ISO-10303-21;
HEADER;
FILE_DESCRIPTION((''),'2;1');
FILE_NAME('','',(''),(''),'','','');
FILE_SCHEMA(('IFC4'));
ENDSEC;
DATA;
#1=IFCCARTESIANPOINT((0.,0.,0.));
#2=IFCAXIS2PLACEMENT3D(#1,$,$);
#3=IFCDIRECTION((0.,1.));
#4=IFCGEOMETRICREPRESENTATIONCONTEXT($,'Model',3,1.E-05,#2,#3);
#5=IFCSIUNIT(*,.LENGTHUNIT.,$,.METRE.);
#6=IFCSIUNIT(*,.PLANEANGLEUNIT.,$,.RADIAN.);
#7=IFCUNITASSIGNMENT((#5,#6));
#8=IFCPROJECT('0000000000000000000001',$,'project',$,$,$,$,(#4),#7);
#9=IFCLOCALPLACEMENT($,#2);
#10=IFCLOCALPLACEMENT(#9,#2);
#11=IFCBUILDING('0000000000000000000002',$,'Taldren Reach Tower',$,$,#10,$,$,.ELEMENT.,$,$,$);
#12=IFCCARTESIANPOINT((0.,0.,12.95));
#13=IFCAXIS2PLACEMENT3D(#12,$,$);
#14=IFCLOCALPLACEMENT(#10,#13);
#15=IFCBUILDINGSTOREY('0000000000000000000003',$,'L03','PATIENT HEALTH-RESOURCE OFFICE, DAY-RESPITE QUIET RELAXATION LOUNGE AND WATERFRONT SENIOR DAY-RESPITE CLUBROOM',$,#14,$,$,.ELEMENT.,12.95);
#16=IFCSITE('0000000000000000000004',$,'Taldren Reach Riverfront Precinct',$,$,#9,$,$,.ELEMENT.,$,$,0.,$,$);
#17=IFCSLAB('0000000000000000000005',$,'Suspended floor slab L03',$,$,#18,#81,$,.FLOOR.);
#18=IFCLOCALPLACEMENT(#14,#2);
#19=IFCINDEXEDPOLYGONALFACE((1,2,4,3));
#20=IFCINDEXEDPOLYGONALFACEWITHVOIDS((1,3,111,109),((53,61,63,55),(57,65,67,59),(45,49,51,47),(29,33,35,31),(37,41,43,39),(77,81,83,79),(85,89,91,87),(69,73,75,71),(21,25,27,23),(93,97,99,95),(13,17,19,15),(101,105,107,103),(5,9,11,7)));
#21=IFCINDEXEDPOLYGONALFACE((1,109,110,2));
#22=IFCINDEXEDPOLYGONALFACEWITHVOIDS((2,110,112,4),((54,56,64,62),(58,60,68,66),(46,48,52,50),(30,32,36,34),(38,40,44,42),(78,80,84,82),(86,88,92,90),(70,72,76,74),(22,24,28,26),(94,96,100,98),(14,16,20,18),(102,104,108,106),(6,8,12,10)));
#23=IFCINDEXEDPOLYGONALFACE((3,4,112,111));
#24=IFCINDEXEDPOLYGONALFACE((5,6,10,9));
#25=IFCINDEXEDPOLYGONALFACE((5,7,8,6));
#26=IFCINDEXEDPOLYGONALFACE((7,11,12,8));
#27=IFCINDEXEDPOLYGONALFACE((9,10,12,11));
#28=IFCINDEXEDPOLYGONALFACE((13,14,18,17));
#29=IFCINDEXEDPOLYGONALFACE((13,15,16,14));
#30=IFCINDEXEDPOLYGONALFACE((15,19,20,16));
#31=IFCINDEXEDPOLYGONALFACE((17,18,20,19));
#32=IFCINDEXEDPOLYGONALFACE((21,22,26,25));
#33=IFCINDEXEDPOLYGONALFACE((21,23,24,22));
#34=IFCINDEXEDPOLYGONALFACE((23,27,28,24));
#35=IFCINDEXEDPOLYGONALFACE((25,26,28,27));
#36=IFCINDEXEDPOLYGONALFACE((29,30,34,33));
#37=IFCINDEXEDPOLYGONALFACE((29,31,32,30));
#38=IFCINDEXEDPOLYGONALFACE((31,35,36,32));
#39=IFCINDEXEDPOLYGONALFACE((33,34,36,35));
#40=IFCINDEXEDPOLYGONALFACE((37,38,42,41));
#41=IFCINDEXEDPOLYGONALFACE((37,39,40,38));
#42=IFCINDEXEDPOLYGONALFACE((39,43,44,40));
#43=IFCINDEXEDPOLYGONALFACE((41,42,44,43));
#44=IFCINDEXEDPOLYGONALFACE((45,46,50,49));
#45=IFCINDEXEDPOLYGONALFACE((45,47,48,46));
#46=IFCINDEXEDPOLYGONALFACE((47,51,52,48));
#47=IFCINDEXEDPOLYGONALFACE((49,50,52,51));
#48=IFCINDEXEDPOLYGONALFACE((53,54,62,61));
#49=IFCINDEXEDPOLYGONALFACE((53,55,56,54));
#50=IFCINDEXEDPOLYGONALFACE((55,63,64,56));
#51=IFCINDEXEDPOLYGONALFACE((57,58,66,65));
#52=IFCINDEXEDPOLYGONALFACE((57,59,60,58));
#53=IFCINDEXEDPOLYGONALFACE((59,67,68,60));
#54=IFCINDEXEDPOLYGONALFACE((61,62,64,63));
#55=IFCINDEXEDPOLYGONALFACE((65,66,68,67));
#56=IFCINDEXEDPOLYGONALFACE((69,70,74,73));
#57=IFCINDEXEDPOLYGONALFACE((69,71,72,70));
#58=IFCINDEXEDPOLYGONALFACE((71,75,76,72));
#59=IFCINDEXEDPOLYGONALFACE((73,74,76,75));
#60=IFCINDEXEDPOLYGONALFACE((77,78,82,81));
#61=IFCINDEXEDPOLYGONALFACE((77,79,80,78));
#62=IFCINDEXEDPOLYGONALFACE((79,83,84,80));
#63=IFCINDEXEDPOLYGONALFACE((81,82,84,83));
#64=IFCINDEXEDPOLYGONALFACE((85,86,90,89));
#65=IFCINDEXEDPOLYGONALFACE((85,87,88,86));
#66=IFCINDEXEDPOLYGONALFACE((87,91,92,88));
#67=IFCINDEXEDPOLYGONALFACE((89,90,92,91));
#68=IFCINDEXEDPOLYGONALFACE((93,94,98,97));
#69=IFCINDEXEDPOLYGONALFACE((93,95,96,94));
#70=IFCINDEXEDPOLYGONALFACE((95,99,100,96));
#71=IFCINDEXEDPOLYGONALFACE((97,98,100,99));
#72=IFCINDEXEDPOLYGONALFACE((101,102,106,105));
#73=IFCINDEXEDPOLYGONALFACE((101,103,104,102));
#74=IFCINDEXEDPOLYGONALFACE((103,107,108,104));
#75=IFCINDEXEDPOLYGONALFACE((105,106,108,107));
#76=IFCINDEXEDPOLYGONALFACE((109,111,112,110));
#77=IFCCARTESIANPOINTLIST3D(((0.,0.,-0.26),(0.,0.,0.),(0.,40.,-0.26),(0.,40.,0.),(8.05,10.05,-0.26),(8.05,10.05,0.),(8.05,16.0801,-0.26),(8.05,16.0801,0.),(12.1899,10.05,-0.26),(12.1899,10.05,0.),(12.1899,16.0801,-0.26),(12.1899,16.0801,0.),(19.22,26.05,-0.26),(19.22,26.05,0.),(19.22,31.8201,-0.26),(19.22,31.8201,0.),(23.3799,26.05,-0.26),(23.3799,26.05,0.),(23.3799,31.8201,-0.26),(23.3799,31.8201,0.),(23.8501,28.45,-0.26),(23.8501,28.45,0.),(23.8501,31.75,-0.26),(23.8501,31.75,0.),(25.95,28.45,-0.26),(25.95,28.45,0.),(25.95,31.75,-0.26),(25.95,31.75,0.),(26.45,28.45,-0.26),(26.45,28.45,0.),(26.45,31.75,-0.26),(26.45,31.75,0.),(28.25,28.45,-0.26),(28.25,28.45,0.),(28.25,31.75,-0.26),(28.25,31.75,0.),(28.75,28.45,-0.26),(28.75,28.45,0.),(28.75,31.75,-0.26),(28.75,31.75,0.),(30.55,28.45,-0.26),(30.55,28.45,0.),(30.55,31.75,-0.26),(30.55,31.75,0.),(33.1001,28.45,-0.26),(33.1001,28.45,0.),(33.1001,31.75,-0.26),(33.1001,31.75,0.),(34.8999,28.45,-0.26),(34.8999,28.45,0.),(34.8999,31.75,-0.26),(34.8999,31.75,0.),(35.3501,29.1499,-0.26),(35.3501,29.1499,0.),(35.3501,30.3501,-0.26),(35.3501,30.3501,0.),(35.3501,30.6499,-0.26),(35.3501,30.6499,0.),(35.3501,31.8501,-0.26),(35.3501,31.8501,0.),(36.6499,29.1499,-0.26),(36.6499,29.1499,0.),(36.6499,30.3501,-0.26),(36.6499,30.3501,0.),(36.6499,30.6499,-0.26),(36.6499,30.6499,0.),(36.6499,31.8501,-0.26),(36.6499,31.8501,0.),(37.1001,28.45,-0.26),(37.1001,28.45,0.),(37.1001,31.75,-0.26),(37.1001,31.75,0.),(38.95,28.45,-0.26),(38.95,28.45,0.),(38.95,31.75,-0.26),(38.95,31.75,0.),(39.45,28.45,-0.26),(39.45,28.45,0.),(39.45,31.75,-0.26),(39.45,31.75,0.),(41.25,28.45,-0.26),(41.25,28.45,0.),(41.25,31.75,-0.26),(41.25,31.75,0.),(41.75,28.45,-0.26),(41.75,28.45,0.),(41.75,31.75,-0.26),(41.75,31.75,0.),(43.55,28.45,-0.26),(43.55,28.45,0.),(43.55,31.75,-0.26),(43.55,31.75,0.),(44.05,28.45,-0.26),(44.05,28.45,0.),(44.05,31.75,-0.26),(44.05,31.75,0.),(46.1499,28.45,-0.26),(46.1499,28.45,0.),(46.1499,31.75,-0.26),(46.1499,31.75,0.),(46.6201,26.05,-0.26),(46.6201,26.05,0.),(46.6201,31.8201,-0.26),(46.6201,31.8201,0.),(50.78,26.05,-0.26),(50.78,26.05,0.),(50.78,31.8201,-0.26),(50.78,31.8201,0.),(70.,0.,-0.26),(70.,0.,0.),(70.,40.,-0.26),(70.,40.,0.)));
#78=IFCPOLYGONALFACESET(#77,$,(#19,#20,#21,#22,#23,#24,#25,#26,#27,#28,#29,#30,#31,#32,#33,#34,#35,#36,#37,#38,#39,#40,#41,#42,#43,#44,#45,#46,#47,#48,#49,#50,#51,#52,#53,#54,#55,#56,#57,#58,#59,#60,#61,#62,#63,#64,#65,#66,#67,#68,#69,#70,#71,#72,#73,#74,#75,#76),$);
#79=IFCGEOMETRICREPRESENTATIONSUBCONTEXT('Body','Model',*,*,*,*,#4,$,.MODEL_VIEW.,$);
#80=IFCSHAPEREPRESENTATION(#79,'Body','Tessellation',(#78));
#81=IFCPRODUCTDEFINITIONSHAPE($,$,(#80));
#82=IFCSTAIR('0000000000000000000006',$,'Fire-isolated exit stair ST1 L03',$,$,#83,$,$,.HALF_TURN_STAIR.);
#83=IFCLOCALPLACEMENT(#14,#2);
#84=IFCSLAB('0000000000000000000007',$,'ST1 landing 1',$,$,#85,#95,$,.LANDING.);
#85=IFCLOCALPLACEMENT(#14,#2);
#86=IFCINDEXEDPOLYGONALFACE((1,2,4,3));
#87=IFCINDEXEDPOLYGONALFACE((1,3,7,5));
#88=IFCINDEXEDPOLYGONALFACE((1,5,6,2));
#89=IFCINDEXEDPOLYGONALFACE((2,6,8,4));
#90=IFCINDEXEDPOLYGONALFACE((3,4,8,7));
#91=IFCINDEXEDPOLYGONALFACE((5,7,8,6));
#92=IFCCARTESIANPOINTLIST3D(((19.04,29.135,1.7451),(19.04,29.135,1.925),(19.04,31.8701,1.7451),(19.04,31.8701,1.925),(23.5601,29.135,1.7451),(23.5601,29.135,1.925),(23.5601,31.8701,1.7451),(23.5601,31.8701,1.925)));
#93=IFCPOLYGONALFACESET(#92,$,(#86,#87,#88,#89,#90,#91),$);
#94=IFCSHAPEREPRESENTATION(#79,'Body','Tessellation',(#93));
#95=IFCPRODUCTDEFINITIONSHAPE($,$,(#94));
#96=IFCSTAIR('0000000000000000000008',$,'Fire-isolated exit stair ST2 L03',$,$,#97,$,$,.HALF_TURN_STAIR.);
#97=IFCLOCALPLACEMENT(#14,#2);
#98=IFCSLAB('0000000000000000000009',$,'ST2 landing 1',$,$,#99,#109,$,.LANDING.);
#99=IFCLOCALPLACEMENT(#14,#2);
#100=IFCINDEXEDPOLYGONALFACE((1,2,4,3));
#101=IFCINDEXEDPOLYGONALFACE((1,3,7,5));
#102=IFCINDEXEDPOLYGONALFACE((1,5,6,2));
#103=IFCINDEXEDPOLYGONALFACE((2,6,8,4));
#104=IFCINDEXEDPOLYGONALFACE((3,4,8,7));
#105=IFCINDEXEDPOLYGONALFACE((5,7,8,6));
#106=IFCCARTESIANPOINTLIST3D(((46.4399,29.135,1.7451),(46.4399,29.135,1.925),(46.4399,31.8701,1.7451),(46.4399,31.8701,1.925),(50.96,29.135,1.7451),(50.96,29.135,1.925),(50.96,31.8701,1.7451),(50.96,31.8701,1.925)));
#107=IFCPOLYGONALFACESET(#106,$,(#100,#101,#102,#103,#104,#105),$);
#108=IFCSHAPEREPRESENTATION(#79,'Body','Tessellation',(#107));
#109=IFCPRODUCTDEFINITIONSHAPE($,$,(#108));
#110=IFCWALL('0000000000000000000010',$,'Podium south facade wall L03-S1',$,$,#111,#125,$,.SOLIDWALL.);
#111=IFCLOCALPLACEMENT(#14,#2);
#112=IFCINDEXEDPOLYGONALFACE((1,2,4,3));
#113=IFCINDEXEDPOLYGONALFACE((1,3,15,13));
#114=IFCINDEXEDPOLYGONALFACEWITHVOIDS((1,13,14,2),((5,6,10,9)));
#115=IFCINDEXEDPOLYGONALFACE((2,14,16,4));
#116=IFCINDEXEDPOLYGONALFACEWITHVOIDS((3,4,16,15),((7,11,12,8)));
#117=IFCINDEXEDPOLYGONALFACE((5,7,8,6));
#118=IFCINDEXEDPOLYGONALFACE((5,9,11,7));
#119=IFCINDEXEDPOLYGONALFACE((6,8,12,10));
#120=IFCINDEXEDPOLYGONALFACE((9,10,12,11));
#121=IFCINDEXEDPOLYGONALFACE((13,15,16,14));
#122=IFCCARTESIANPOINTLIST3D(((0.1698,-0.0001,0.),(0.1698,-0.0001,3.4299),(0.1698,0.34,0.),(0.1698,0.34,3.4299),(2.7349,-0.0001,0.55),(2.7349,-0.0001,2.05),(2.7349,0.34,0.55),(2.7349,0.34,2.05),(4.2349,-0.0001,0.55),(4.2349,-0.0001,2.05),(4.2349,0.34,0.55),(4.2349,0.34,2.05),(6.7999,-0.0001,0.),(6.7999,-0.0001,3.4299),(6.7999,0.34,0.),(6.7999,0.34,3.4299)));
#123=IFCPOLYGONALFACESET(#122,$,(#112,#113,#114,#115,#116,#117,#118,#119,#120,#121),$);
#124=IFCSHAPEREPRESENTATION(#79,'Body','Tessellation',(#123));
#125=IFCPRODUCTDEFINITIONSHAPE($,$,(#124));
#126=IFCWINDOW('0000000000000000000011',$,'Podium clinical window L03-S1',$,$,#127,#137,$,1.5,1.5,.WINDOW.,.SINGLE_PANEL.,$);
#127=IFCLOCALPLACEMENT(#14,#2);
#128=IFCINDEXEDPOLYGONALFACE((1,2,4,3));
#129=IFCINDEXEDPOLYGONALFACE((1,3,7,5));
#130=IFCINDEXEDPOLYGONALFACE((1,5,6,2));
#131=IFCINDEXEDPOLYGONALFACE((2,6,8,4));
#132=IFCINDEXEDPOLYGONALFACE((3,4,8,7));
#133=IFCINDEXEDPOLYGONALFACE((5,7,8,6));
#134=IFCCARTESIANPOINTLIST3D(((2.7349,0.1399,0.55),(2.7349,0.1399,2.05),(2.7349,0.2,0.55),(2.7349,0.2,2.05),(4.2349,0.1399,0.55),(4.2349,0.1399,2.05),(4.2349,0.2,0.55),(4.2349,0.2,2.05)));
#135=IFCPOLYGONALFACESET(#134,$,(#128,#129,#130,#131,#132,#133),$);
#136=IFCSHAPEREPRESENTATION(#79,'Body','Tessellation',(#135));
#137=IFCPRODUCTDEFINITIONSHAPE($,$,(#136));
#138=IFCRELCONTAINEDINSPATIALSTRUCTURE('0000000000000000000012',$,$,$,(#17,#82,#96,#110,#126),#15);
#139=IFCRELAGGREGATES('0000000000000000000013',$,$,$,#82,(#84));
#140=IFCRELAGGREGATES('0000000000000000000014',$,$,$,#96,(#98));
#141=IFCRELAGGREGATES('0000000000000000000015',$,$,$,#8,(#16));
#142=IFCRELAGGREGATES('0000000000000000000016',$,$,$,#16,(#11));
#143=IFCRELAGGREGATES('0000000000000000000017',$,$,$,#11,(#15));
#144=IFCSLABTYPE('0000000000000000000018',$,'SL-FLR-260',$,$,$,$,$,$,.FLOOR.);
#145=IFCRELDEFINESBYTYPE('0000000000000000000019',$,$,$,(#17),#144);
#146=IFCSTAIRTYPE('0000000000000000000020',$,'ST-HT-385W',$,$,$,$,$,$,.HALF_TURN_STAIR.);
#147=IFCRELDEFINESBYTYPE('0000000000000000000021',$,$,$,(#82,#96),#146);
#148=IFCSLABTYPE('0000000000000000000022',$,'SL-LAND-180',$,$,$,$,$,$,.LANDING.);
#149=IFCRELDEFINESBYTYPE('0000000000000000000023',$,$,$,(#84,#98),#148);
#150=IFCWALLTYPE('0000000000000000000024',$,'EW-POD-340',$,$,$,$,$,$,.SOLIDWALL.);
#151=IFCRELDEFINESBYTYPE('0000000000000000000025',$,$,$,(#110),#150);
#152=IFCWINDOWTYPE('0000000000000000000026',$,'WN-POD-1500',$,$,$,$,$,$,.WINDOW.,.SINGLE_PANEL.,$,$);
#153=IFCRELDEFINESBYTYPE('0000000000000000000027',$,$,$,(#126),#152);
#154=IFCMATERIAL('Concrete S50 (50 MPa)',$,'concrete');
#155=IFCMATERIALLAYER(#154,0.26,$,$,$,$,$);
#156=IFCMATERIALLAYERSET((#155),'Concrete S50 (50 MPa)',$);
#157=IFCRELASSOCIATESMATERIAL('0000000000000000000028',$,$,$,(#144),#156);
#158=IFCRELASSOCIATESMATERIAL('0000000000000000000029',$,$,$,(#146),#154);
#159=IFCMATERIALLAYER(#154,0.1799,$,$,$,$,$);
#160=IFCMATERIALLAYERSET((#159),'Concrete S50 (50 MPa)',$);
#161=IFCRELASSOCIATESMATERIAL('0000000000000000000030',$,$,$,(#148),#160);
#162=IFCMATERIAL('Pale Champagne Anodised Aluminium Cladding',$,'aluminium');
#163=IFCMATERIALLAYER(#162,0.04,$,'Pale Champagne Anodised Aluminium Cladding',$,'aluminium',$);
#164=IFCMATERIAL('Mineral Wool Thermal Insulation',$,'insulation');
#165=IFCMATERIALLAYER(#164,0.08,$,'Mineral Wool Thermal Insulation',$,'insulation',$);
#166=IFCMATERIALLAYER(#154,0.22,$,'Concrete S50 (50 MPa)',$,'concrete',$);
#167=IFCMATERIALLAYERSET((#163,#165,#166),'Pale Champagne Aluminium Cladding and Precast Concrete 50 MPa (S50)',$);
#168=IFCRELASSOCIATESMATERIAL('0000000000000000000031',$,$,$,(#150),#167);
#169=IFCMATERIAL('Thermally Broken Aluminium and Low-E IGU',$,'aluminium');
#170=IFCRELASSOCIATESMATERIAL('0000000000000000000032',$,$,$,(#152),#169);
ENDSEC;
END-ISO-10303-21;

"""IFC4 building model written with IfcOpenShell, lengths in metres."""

from ifc_helpers import new_model, si_unit, direction, frame, frame_2d, origin, place, context, subcontext, project, spatial, polyline, rectangle, outline, extrude, source, transform, mapped, material, layer, layer_set, type_object, element, fill, aggregate, save


model = new_model("IFC4")

# Units and contexts
model_context = context("Model", 3, precision=1e-05, world=origin(), true_north=direction((0.0, 1.0)))
body_context = subcontext(model_context, "Body", "Model", "MODEL_VIEW")
ifc_project = project(units=[si_unit("LENGTHUNIT", "METRE"), si_unit("PLANEANGLEUNIT", "RADIAN")], contexts=[model_context])

# Site, building, storey
site_placement = place(None, origin())
site = spatial("IfcSite", under=ifc_project, at=site_placement, Name="Taldren Reach Riverfront Precinct", CompositionType="ELEMENT", RefElevation=0.0)
building_placement = place(site_placement, origin())
building = spatial("IfcBuilding", under=site, at=building_placement, Name="Taldren Reach Tower", CompositionType="ELEMENT")
storey_placement = place(building_placement, frame((0.0, 0.0, 12.95)))
storey = spatial("IfcBuildingStorey", under=building, at=storey_placement, Name="L03", Description="PATIENT HEALTH-RESOURCE OFFICE, DAY-RESPITE QUIET RELAXATION LOUNGE AND WATERFRONT SENIOR DAY-RESPITE CLUBROOM", CompositionType="ELEMENT", Elevation=12.95)

# Slab
ifc_material_1 = material(Name="Concrete S50 (50 MPa)", Category="concrete")
ifc_layer_1 = layer(ifc_material_1, 0.26)
ifc_layer_set_1 = layer_set([ifc_layer_1], Name="Concrete S50 (50 MPa)")
slab_type_1 = type_object("IfcSlabType", Name="SL-FLR-260", PredefinedType="FLOOR", material=ifc_layer_set_1)
slab_1_placement = place(storey_placement, frame((0.0, 0.0, -0.26)))
element("IfcSlab", 1, at=slab_1_placement, inside=storey, type_object=slab_type_1, Name="Suspended floor slab L03", PredefinedType="FLOOR", context=body_context, shape_type="SweptSolid", body=[
    extrude(outline(polyline([(0.0, 0.0), (70.0, 0.0), (70.0, 40.0), (0.0, 40.0), (0.0, 0.0)]), holes=[polyline([(19.22, 26.05), (23.3799, 26.05), (23.3799, 31.8201), (19.22, 31.8201), (19.22, 26.05)]), polyline([(46.6201, 26.05), (50.78, 26.05), (50.78, 31.8201), (46.6201, 31.8201), (46.6201, 26.05)]), polyline([(8.05, 10.05), (12.1899, 10.05), (12.1899, 16.0801), (8.05, 16.0801), (8.05, 10.05)]), polyline([(23.8501, 28.45), (25.95, 28.45), (25.95, 31.75), (23.8501, 31.75), (23.8501, 28.45)]), polyline([(44.05, 28.45), (46.1499, 28.45), (46.1499, 31.75), (44.05, 31.75), (44.05, 28.45)]), polyline([(26.45, 28.45), (28.25, 28.45), (28.25, 31.75), (26.45, 31.75), (26.45, 28.45)]), polyline([(28.75, 28.45), (30.55, 28.45), (30.55, 31.75), (28.75, 31.75), (28.75, 28.45)]), polyline([(33.1001, 28.45), (34.8999, 28.45), (34.8999, 31.75), (33.1001, 31.75), (33.1001, 28.45)]), polyline([(37.1001, 28.45), (38.95, 28.45), (38.95, 31.75), (37.1001, 31.75), (37.1001, 28.45)]), polyline([(39.45, 28.45), (41.25, 28.45), (41.25, 31.75), (39.45, 31.75), (39.45, 28.45)]), polyline([(41.75, 28.45), (43.55, 28.45), (43.55, 31.75), (41.75, 31.75), (41.75, 28.45)]), polyline([(35.3501, 30.6499), (36.6499, 30.6499), (36.6499, 31.8501), (35.3501, 31.8501), (35.3501, 30.6499)]), polyline([(35.3501, 29.1499), (36.6499, 29.1499), (36.6499, 30.3501), (35.3501, 30.3501), (35.3501, 29.1499)])]), origin(), (0.0, 0.0, 1.0), 0.26),
])

# Stairs, slabs
stair_type = type_object("IfcStairType", Name="ST-HT-385W", PredefinedType="HALF_TURN_STAIR", material=ifc_material_1)
stair_1_placement = place(storey_placement, origin())
stair_1 = element("IfcStair", 2, at=stair_1_placement, inside=storey, type_object=stair_type, Name="Fire-isolated exit stair ST1 L03", PredefinedType="HALF_TURN_STAIR")
ifc_layer_2 = layer(ifc_material_1, 0.1799)
ifc_layer_set_2 = layer_set([ifc_layer_2], Name="Concrete S50 (50 MPa)")
slab_type_2 = type_object("IfcSlabType", Name="SL-LAND-180", PredefinedType="LANDING", material=ifc_layer_set_2)
slab_2_placement = place(storey_placement, frame((0.0, 0.0, 1.7451)))
slab_2 = element("IfcSlab", 3, at=slab_2_placement, type_object=slab_type_2, Name="ST1 landing 1", PredefinedType="LANDING", context=body_context, shape_type="SweptSolid", body=[
    extrude(outline(polyline([(19.04, 29.135), (23.5601, 29.135), (23.5601, 31.8701), (19.04, 31.8701), (19.04, 29.135)])), origin(), (0.0, 0.0, 1.0), 0.1799),
])
aggregate(stair_1, [slab_2])
stair_2_placement = place(storey_placement, origin())
stair_2 = element("IfcStair", 4, at=stair_2_placement, inside=storey, type_object=stair_type, Name="Fire-isolated exit stair ST2 L03", PredefinedType="HALF_TURN_STAIR")
slab_3_placement = place(storey_placement, frame((0.0, 0.0, 1.7451)))
slab_3 = element("IfcSlab", 5, at=slab_3_placement, type_object=slab_type_2, Name="ST2 landing 1", PredefinedType="LANDING", context=body_context, shape_type="SweptSolid", body=[
    extrude(outline(polyline([(46.4399, 29.135), (50.96, 29.135), (50.96, 31.8701), (46.4399, 31.8701), (46.4399, 29.135)])), origin(), (0.0, 0.0, 1.0), 0.1799),
])
aggregate(stair_2, [slab_3])

# Wall, opening, window
ifc_material_2 = material(Name="Pale Champagne Anodised Aluminium Cladding", Category="aluminium")
ifc_layer_3 = layer(ifc_material_2, 0.04, Name="Pale Champagne Anodised Aluminium Cladding", Category="aluminium")
ifc_material_3 = material(Name="Mineral Wool Thermal Insulation", Category="insulation")
ifc_layer_4 = layer(ifc_material_3, 0.08, Name="Mineral Wool Thermal Insulation", Category="insulation")
ifc_layer_5 = layer(ifc_material_1, 0.22, Name="Concrete S50 (50 MPa)", Category="concrete")
ifc_layer_set_3 = layer_set([ifc_layer_3, ifc_layer_4, ifc_layer_5], Name="Pale Champagne Aluminium Cladding and Precast Concrete 50 MPa (S50)")
wall_type_1 = type_object("IfcWallType", Name="EW-POD-340", PredefinedType="SOLIDWALL", material=ifc_layer_set_3)
shared_shape_1 = source(origin(), body_context, "Body", "SweptSolid", [
    extrude(rectangle(XDim=6.6301, YDim=0.3401, at=frame_2d((3.3149, 0.0))), origin(), (0.0, 0.0, 1.0), 3.4299),
])
wall_1_placement = place(storey_placement, frame((0.1699, 0.1699, 0.0), z_axis=(0.0, 0.0, 1.0), x_axis=(1.0, 0.0, 0.0)))
wall_1 = element("IfcWall", 6, at=wall_1_placement, inside=storey, type_object=wall_type_1, Name="Podium south facade wall L03-S1", PredefinedType="SOLIDWALL", context=body_context, shape_type="MappedRepresentation", body=[
    mapped(shared_shape_1, transform((0.0, 0.0, 0.0), scale=1.0)),
])
shared_shape_2 = source(origin(), body_context, "Body", "SweptSolid", [
    extrude(rectangle(XDim=1.5, YDim=1.5, at=frame_2d((0.75, 0.75))), frame((0.0, 0.1802, 0.0), z_axis=(0.0, -1.0, 0.0), x_axis=(1.0, 0.0, 0.0)), (0.0, 0.0, 1.0), 0.3601),
])
opening_1_placement = place(wall_1_placement, frame((2.5649, 0.0, 0.55)))
opening_1 = element("IfcOpeningElement", 7, at=opening_1_placement, cuts=wall_1, PredefinedType="OPENING", context=body_context, shape_type="MappedRepresentation", body=[
    mapped(shared_shape_2, transform((0.0, 0.0, 0.0), scale=1.0)),
])
ifc_material_4 = material(Name="Thermally Broken Aluminium and Low-E IGU", Category="aluminium")
window_type_1 = type_object("IfcWindowType", Name="WN-POD-1500", PartitioningType="SINGLE_PANEL", PredefinedType="WINDOW", material=ifc_material_4)
shared_shape_3 = source(origin(), body_context, "Body", "SweptSolid", [
    extrude(rectangle(XDim=1.5, YDim=1.5, at=frame_2d((0.75, 0.75))), frame((0.0, 0.03, 0.0), z_axis=(0.0, -1.0, 0.0), x_axis=(1.0, 0.0, 0.0)), (0.0, 0.0, 1.0), 0.0601),
])
window_1_placement = place(opening_1_placement, origin())
window_1 = element("IfcWindow", 8, at=window_1_placement, inside=storey, type_object=window_type_1, Name="Podium clinical window L03-S1", OverallHeight=1.5, OverallWidth=1.5, PartitioningType="SINGLE_PANEL", PredefinedType="WINDOW", context=body_context, shape_type="MappedRepresentation", body=[
    mapped(shared_shape_3, transform((0.0, 0.0, 0.0), scale=1.0)),
])
fill(opening_1, window_1)

save(model, "model.ifc")
